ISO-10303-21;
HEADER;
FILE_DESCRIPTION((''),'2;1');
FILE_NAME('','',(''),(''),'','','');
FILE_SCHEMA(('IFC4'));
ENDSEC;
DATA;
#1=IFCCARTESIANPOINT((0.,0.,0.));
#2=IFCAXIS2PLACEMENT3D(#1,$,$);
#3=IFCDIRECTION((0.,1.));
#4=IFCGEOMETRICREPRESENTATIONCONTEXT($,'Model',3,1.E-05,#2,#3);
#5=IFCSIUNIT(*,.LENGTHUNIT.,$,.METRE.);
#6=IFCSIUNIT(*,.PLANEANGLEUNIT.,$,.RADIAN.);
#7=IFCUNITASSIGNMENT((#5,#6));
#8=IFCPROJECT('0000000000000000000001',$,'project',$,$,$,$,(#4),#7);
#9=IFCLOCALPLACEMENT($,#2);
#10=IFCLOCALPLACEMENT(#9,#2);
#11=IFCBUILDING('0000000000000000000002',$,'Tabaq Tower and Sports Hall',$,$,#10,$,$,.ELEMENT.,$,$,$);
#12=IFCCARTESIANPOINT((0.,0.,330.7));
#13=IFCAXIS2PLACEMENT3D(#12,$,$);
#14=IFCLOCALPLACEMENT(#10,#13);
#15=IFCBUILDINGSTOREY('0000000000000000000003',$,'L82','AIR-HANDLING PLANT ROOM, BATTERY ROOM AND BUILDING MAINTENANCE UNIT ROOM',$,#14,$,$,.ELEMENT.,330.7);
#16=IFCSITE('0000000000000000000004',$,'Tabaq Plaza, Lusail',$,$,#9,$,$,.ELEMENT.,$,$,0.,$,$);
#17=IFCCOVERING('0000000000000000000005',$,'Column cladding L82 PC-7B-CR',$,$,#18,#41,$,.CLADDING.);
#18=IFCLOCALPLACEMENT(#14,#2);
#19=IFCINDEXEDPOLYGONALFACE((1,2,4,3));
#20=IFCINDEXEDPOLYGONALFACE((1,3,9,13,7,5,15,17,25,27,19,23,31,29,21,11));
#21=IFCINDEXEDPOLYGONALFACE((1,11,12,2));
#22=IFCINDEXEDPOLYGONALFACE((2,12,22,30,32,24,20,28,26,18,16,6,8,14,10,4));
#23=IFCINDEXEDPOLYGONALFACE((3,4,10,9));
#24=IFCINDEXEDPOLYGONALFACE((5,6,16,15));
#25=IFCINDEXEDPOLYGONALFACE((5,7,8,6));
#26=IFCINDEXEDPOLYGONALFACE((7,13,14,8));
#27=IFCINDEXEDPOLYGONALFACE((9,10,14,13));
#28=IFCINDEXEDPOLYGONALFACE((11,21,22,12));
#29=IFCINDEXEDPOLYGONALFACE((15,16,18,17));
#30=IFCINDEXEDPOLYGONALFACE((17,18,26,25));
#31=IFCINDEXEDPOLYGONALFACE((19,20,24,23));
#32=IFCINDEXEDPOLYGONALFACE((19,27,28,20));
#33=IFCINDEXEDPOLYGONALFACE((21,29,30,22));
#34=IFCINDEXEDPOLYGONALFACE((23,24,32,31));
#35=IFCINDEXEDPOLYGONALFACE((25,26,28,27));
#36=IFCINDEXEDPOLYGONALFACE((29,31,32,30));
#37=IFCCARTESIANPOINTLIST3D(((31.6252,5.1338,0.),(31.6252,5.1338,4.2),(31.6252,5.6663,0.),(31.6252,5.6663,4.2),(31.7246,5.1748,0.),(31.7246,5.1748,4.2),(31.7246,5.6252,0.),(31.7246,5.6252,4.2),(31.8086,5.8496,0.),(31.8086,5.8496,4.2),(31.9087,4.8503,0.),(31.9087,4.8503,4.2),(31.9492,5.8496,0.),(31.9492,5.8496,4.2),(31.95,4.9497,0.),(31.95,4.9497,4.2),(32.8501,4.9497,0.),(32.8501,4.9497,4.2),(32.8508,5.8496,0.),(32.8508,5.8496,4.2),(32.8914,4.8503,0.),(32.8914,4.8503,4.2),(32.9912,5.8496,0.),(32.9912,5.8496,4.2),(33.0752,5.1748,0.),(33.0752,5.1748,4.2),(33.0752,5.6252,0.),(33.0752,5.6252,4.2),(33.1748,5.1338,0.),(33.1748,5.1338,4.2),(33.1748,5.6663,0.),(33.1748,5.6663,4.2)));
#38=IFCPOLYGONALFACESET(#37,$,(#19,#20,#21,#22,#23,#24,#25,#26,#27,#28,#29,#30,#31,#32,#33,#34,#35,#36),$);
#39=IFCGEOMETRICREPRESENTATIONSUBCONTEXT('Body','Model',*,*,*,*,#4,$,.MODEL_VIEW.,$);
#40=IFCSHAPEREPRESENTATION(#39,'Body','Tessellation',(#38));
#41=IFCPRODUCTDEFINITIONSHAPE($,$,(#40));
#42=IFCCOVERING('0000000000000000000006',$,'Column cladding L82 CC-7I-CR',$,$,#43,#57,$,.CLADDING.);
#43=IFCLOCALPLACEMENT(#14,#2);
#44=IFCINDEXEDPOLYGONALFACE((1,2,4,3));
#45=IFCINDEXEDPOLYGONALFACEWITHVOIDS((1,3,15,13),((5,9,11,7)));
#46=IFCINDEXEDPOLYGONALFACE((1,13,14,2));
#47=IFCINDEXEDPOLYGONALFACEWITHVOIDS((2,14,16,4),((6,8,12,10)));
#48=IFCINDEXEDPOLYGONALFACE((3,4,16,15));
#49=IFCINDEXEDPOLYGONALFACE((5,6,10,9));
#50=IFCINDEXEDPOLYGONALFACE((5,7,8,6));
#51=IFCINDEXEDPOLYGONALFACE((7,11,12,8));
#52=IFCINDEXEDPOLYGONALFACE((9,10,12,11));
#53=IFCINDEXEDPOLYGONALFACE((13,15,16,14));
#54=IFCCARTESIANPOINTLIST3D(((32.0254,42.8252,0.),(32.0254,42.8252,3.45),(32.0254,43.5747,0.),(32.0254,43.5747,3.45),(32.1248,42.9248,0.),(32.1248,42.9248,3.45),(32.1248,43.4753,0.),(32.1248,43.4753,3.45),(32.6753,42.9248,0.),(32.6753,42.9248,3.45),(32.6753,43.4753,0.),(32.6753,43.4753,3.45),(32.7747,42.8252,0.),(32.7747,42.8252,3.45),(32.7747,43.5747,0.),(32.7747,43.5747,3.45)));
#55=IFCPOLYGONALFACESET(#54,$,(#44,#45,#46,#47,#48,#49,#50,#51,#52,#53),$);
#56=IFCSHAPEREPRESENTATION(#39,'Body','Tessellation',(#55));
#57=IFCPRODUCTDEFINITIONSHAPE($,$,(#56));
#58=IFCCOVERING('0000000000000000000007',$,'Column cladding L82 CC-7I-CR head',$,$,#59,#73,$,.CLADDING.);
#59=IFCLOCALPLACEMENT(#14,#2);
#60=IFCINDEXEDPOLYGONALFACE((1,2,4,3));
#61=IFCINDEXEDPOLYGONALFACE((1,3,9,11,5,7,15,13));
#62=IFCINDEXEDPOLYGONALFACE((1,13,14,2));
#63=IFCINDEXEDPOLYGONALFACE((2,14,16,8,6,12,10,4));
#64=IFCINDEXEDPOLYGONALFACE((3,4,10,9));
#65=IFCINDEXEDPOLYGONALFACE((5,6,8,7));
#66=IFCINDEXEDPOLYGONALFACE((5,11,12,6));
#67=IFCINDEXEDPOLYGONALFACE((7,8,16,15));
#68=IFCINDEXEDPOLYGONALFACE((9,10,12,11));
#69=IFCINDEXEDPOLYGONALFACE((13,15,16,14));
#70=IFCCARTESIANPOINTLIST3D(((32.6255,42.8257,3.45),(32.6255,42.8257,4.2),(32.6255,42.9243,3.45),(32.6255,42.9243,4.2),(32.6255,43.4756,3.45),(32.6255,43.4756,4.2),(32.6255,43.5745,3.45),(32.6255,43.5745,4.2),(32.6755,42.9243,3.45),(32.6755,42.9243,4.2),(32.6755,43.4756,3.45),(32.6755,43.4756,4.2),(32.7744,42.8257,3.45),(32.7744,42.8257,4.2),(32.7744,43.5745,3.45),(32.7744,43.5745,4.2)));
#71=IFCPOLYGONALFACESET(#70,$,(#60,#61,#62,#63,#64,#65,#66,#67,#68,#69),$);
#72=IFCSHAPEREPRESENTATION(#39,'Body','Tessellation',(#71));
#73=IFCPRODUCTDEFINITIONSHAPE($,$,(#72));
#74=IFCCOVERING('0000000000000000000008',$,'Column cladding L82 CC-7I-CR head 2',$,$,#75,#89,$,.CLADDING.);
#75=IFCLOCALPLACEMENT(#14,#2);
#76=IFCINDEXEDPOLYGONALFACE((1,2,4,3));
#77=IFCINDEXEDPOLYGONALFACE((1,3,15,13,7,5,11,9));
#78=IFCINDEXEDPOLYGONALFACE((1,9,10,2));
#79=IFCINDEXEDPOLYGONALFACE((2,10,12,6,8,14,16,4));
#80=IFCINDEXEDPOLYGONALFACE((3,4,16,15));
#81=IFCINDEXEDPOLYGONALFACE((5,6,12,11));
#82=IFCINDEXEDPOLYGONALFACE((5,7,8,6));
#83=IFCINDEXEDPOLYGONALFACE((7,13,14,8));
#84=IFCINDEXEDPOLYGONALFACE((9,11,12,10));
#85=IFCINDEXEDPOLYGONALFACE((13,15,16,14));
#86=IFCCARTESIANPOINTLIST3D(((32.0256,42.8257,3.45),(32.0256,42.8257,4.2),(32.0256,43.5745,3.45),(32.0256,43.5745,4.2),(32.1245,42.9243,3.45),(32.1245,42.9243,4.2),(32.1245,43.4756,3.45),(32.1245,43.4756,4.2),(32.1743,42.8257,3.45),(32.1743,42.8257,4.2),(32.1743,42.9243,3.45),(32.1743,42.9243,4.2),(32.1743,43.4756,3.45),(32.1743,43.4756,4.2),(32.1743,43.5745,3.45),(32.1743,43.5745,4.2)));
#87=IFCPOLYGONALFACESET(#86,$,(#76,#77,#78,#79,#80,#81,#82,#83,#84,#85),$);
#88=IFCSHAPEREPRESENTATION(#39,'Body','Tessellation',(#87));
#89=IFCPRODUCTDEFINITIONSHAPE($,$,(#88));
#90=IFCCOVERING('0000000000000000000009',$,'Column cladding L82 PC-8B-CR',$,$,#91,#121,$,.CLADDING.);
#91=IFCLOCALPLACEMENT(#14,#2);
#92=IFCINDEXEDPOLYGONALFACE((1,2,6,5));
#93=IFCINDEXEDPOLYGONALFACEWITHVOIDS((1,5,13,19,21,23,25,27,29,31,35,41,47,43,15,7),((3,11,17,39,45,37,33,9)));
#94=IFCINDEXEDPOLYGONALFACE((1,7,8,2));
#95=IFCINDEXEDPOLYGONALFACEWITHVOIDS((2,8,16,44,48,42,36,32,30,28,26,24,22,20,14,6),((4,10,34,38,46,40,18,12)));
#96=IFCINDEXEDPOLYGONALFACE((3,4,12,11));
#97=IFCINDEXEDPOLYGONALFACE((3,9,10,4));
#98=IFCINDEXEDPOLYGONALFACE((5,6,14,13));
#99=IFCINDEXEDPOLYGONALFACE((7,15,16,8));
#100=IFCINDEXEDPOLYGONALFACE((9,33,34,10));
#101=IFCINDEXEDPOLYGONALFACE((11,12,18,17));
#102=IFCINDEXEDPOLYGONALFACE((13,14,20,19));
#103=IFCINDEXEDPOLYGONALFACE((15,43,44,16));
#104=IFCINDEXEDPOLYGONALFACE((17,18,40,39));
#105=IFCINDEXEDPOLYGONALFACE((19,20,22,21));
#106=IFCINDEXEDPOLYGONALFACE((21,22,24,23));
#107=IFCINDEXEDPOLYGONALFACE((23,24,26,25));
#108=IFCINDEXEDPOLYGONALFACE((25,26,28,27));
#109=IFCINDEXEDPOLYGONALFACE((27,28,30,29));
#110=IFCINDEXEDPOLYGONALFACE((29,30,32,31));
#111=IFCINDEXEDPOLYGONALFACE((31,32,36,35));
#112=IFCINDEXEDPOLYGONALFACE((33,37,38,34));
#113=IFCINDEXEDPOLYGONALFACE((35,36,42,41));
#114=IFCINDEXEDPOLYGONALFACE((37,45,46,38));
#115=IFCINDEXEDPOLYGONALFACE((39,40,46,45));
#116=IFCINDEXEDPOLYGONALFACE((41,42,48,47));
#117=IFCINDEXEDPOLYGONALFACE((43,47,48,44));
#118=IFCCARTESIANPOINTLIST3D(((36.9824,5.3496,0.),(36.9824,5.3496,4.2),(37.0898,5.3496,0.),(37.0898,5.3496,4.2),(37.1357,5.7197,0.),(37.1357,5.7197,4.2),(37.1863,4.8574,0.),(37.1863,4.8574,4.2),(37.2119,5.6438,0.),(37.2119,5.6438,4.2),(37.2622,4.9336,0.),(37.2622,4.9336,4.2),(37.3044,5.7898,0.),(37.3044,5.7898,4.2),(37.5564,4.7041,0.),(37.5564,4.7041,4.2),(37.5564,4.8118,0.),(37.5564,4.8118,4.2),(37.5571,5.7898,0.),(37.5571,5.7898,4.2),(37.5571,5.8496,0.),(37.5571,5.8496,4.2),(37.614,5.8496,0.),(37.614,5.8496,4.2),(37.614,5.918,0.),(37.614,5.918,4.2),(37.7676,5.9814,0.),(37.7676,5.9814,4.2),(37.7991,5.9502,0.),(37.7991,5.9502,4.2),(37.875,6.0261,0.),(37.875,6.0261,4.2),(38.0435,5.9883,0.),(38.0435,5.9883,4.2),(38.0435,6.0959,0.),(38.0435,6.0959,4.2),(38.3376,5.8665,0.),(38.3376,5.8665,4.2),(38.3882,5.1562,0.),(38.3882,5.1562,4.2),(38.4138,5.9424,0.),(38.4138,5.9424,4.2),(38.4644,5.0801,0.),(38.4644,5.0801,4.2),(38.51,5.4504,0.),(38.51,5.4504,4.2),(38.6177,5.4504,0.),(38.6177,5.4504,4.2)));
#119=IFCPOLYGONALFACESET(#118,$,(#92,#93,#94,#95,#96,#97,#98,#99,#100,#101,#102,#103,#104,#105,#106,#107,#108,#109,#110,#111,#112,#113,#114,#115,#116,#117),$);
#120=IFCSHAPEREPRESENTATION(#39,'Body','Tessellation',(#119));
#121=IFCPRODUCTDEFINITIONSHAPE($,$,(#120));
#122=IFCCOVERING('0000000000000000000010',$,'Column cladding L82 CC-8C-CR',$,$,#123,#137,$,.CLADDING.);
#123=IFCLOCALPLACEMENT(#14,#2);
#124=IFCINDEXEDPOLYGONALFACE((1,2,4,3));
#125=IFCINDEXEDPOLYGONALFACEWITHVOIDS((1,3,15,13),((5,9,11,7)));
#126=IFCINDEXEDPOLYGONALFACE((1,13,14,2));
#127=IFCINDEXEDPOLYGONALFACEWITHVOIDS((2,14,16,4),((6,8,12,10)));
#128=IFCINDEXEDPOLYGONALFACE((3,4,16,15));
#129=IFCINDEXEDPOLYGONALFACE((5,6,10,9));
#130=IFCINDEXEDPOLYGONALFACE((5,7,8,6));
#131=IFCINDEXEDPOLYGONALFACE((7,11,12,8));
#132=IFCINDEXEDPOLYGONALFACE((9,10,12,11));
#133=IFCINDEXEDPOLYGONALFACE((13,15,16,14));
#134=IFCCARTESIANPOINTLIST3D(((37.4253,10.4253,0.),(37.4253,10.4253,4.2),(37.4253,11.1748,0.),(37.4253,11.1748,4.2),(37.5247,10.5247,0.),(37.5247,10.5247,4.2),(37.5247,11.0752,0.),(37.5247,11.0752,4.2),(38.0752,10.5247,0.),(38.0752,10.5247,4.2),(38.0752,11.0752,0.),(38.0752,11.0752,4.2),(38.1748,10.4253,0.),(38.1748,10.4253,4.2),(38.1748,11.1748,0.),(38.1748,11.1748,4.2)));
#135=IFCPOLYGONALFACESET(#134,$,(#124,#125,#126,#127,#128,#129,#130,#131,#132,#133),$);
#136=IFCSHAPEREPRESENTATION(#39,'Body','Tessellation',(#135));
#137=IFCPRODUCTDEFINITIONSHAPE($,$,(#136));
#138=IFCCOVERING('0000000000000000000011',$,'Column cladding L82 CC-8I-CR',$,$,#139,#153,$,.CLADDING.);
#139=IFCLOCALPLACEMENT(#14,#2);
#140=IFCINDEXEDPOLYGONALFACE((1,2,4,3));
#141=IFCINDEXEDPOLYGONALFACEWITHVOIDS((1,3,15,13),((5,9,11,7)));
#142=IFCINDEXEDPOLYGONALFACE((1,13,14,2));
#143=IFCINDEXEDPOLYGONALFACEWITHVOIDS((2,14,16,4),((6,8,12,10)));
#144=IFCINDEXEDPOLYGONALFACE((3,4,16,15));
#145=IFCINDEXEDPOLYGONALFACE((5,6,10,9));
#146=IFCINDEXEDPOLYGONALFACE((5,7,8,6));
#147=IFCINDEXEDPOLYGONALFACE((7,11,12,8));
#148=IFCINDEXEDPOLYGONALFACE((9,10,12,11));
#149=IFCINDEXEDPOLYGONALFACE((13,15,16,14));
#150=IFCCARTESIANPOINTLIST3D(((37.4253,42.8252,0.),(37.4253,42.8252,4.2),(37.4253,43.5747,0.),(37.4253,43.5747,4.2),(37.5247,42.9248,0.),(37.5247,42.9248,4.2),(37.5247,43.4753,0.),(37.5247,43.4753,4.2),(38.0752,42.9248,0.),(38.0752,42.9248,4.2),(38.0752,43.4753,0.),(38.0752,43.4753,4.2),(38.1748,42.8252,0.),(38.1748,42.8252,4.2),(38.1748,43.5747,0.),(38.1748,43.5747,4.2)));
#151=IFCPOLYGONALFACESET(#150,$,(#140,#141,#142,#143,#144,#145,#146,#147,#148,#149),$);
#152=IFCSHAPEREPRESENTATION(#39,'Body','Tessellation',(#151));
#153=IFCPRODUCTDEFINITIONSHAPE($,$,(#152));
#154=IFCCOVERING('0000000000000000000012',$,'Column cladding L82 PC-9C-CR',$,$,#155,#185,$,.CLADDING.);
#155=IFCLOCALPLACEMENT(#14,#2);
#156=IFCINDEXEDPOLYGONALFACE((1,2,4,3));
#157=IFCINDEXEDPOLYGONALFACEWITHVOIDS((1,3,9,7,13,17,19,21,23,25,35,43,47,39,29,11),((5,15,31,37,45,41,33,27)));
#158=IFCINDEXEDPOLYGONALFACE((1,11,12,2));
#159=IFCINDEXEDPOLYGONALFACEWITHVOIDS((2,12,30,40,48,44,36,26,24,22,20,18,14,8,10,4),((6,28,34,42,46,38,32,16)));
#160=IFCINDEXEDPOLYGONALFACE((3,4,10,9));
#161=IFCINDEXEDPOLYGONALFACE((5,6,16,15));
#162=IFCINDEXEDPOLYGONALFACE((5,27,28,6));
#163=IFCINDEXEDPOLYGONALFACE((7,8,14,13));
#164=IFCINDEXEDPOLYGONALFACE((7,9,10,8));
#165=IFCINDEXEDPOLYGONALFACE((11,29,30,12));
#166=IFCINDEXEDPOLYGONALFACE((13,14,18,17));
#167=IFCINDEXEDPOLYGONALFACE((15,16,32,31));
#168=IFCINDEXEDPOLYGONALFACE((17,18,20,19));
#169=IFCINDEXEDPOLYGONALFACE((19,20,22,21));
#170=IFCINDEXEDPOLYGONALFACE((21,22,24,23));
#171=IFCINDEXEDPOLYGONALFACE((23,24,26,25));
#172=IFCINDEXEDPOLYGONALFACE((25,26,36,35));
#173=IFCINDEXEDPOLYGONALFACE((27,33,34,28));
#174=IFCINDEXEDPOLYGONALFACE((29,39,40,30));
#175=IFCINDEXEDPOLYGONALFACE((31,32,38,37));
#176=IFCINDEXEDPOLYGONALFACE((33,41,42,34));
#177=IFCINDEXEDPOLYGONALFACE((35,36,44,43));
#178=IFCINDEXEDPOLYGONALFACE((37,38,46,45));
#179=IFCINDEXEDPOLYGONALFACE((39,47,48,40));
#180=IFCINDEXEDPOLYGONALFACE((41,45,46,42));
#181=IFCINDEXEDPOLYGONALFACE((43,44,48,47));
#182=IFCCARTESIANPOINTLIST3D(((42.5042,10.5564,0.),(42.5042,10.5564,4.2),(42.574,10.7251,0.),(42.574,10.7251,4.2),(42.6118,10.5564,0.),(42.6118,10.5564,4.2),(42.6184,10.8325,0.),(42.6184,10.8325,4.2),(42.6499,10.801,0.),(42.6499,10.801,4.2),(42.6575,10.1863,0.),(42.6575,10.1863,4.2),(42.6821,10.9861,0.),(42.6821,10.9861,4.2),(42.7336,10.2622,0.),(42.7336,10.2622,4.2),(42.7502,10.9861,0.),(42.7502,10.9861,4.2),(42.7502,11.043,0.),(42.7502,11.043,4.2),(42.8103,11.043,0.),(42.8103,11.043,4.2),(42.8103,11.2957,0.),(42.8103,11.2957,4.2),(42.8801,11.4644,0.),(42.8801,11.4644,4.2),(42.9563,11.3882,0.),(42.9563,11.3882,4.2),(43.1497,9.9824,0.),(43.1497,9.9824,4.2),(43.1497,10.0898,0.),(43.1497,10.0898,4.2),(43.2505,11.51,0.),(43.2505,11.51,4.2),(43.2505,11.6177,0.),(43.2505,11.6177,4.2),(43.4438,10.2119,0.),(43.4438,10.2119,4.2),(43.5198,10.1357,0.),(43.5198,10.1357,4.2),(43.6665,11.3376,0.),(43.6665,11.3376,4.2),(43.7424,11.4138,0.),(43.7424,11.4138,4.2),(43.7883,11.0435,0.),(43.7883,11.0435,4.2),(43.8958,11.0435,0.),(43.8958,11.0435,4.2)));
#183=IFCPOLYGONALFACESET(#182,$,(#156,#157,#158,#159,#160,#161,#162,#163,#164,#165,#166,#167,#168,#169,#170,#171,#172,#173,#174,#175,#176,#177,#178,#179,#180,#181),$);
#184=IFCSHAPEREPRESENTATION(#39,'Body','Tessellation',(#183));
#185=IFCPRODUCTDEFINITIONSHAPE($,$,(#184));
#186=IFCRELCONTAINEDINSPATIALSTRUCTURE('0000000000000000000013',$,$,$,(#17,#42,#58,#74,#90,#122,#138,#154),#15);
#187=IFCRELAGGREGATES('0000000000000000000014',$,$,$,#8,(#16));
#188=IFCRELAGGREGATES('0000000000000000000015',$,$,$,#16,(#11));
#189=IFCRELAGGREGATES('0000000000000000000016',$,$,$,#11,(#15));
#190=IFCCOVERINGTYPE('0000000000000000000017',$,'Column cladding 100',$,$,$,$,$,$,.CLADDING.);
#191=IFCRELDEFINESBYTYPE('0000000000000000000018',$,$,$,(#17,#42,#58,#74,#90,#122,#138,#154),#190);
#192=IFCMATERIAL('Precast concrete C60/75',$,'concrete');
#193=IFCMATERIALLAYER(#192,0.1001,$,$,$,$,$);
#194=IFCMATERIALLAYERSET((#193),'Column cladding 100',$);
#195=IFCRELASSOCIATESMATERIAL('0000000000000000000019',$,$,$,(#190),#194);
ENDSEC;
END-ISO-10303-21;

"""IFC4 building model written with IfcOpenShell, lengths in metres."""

from ifc_helpers import new_model, si_unit, direction, frame, origin, place, context, subcontext, project, spatial, polyline, outline, extrude, material, layer, layer_set, type_object, element, save


model = new_model("IFC4")

# Units and contexts
model_context = context("Model", 3, precision=1e-05, world=origin(), true_north=direction((0.0, 1.0)))
body_context = subcontext(model_context, "Body", "Model", "MODEL_VIEW")
ifc_project = project(units=[si_unit("LENGTHUNIT", "METRE"), si_unit("PLANEANGLEUNIT", "RADIAN")], contexts=[model_context])

# Site, building, storey
site_placement = place(None, origin())
site = spatial("IfcSite", under=ifc_project, at=site_placement, Name="Tabaq Plaza, Lusail", CompositionType="ELEMENT", RefElevation=0.0)
building_placement = place(site_placement, origin())
building = spatial("IfcBuilding", under=site, at=building_placement, Name="Tabaq Tower and Sports Hall", CompositionType="ELEMENT")
storey_placement = place(building_placement, frame((0.0, 0.0, 330.7)))
storey = spatial("IfcBuildingStorey", under=building, at=storey_placement, Name="L82", Description="AIR-HANDLING PLANT ROOM, BATTERY ROOM AND BUILDING MAINTENANCE UNIT ROOM", CompositionType="ELEMENT", Elevation=330.7)

# Coverings
ifc_material_1 = material(Name="Precast concrete C60/75", Category="concrete")
ifc_layer_1 = layer(ifc_material_1, 0.1001)
ifc_layer_set_1 = layer_set([ifc_layer_1], Name="Column cladding 100")
covering_type = type_object("IfcCoveringType", Name="Column cladding 100", PredefinedType="CLADDING", material=ifc_layer_set_1)
covering_1_placement = place(storey_placement, origin())
element("IfcCovering", 1, at=covering_1_placement, inside=storey, type_object=covering_type, Name="Column cladding L82 PC-7B-CR", PredefinedType="CLADDING", context=body_context, shape_type="SweptSolid", body=[
    extrude(outline(polyline([(31.6252, 5.6663), (31.8086, 5.8496), (31.9492, 5.8496), (31.7246, 5.6252), (31.7246, 5.1748), (31.95, 4.9497), (32.8501, 4.9497), (33.0752, 5.1748), (33.0752, 5.6252), (32.8508, 5.8496), (32.9912, 5.8496), (33.1748, 5.6663), (33.1748, 5.1338), (32.8914, 4.8503), (31.9087, 4.8503), (31.6252, 5.1338), (31.6252, 5.6663)])), origin(), (0.0, 0.0, 1.0), 4.2),
])
covering_2_placement = place(storey_placement, origin())
element("IfcCovering", 2, at=covering_2_placement, inside=storey, type_object=covering_type, Name="Column cladding L82 CC-7I-CR", PredefinedType="CLADDING", context=body_context, shape_type="SweptSolid", body=[
    extrude(outline(polyline([(32.0254, 43.5747), (32.7747, 43.5747), (32.7747, 42.8252), (32.0254, 42.8252), (32.0254, 43.5747)]), holes=[polyline([(32.6753, 42.9248), (32.6753, 43.4753), (32.1248, 43.4753), (32.1248, 42.9248), (32.6753, 42.9248)])]), origin(), (0.0, 0.0, 1.0), 3.45),
])
covering_3_placement = place(storey_placement, frame((0.0, 0.0, 3.45)))
element("IfcCovering", 3, at=covering_3_placement, inside=storey, type_object=covering_type, Name="Column cladding L82 CC-7I-CR head", PredefinedType="CLADDING", context=body_context, shape_type="SweptSolid", body=[
    extrude(outline(polyline([(32.6255, 42.9243), (32.6755, 42.9243), (32.6755, 43.4756), (32.6255, 43.4756), (32.6255, 43.5745), (32.7744, 43.5745), (32.7744, 42.8257), (32.6255, 42.8257), (32.6255, 42.9243)])), origin(), (0.0, 0.0, 1.0), 0.75),
])
covering_4_placement = place(storey_placement, frame((0.0, 0.0, 3.45)))
element("IfcCovering", 4, at=covering_4_placement, inside=storey, type_object=covering_type, Name="Column cladding L82 CC-7I-CR head 2", PredefinedType="CLADDING", context=body_context, shape_type="SweptSolid", body=[
    extrude(outline(polyline([(32.1743, 42.9243), (32.1743, 42.8257), (32.0256, 42.8257), (32.0256, 43.5745), (32.1743, 43.5745), (32.1743, 43.4756), (32.1245, 43.4756), (32.1245, 42.9243), (32.1743, 42.9243)])), origin(), (0.0, 0.0, 1.0), 0.75),
])
covering_5_placement = place(storey_placement, origin())
element("IfcCovering", 5, at=covering_5_placement, inside=storey, type_object=covering_type, Name="Column cladding L82 PC-8B-CR", PredefinedType="CLADDING", context=body_context, shape_type="SweptSolid", body=[
    extrude(outline(polyline([(36.9824, 5.3496), (37.1357, 5.7197), (37.3044, 5.7898), (37.5571, 5.7898), (37.5571, 5.8496), (37.614, 5.8496), (37.614, 5.918), (37.7676, 5.9814), (37.7991, 5.9502), (37.875, 6.0261), (38.0435, 6.0959), (38.4138, 5.9424), (38.6177, 5.4504), (38.4644, 5.0801), (37.5564, 4.7041), (37.1863, 4.8574), (36.9824, 5.3496)]), holes=[polyline([(38.51, 5.4504), (38.3376, 5.8665), (38.0435, 5.9883), (37.2119, 5.6438), (37.0898, 5.3496), (37.2622, 4.9336), (37.5564, 4.8118), (38.3882, 5.1562), (38.51, 5.4504)])]), origin(), (0.0, 0.0, 1.0), 4.2),
])
covering_6_placement = place(storey_placement, origin())
element("IfcCovering", 6, at=covering_6_placement, inside=storey, type_object=covering_type, Name="Column cladding L82 CC-8C-CR", PredefinedType="CLADDING", context=body_context, shape_type="SweptSolid", body=[
    extrude(outline(polyline([(37.4253, 11.1748), (38.1748, 11.1748), (38.1748, 10.4253), (37.4253, 10.4253), (37.4253, 11.1748)]), holes=[polyline([(38.0752, 10.5247), (38.0752, 11.0752), (37.5247, 11.0752), (37.5247, 10.5247), (38.0752, 10.5247)])]), origin(), (0.0, 0.0, 1.0), 4.2),
])
covering_7_placement = place(storey_placement, origin())
element("IfcCovering", 7, at=covering_7_placement, inside=storey, type_object=covering_type, Name="Column cladding L82 CC-8I-CR", PredefinedType="CLADDING", context=body_context, shape_type="SweptSolid", body=[
    extrude(outline(polyline([(37.4253, 43.5747), (38.1748, 43.5747), (38.1748, 42.8252), (37.4253, 42.8252), (37.4253, 43.5747)]), holes=[polyline([(38.0752, 42.9248), (38.0752, 43.4753), (37.5247, 43.4753), (37.5247, 42.9248), (38.0752, 42.9248)])]), origin(), (0.0, 0.0, 1.0), 4.2),
])
covering_8_placement = place(storey_placement, origin())
element("IfcCovering", 8, at=covering_8_placement, inside=storey, type_object=covering_type, Name="Column cladding L82 PC-9C-CR", PredefinedType="CLADDING", context=body_context, shape_type="SweptSolid", body=[
    extrude(outline(polyline([(42.6575, 10.1863), (42.5042, 10.5564), (42.574, 10.7251), (42.6499, 10.801), (42.6184, 10.8325), (42.6821, 10.9861), (42.7502, 10.9861), (42.7502, 11.043), (42.8103, 11.043), (42.8103, 11.2957), (42.8801, 11.4644), (43.2505, 11.6177), (43.7424, 11.4138), (43.8958, 11.0435), (43.5198, 10.1357), (43.1497, 9.9824), (42.6575, 10.1863)]), holes=[polyline([(43.6665, 11.3376), (43.2505, 11.51), (42.9563, 11.3882), (42.6118, 10.5564), (42.7336, 10.2622), (43.1497, 10.0898), (43.4438, 10.2119), (43.7883, 11.0435), (43.6665, 11.3376)])]), origin(), (0.0, 0.0, 1.0), 4.2),
])

save(model, "model.ifc")
